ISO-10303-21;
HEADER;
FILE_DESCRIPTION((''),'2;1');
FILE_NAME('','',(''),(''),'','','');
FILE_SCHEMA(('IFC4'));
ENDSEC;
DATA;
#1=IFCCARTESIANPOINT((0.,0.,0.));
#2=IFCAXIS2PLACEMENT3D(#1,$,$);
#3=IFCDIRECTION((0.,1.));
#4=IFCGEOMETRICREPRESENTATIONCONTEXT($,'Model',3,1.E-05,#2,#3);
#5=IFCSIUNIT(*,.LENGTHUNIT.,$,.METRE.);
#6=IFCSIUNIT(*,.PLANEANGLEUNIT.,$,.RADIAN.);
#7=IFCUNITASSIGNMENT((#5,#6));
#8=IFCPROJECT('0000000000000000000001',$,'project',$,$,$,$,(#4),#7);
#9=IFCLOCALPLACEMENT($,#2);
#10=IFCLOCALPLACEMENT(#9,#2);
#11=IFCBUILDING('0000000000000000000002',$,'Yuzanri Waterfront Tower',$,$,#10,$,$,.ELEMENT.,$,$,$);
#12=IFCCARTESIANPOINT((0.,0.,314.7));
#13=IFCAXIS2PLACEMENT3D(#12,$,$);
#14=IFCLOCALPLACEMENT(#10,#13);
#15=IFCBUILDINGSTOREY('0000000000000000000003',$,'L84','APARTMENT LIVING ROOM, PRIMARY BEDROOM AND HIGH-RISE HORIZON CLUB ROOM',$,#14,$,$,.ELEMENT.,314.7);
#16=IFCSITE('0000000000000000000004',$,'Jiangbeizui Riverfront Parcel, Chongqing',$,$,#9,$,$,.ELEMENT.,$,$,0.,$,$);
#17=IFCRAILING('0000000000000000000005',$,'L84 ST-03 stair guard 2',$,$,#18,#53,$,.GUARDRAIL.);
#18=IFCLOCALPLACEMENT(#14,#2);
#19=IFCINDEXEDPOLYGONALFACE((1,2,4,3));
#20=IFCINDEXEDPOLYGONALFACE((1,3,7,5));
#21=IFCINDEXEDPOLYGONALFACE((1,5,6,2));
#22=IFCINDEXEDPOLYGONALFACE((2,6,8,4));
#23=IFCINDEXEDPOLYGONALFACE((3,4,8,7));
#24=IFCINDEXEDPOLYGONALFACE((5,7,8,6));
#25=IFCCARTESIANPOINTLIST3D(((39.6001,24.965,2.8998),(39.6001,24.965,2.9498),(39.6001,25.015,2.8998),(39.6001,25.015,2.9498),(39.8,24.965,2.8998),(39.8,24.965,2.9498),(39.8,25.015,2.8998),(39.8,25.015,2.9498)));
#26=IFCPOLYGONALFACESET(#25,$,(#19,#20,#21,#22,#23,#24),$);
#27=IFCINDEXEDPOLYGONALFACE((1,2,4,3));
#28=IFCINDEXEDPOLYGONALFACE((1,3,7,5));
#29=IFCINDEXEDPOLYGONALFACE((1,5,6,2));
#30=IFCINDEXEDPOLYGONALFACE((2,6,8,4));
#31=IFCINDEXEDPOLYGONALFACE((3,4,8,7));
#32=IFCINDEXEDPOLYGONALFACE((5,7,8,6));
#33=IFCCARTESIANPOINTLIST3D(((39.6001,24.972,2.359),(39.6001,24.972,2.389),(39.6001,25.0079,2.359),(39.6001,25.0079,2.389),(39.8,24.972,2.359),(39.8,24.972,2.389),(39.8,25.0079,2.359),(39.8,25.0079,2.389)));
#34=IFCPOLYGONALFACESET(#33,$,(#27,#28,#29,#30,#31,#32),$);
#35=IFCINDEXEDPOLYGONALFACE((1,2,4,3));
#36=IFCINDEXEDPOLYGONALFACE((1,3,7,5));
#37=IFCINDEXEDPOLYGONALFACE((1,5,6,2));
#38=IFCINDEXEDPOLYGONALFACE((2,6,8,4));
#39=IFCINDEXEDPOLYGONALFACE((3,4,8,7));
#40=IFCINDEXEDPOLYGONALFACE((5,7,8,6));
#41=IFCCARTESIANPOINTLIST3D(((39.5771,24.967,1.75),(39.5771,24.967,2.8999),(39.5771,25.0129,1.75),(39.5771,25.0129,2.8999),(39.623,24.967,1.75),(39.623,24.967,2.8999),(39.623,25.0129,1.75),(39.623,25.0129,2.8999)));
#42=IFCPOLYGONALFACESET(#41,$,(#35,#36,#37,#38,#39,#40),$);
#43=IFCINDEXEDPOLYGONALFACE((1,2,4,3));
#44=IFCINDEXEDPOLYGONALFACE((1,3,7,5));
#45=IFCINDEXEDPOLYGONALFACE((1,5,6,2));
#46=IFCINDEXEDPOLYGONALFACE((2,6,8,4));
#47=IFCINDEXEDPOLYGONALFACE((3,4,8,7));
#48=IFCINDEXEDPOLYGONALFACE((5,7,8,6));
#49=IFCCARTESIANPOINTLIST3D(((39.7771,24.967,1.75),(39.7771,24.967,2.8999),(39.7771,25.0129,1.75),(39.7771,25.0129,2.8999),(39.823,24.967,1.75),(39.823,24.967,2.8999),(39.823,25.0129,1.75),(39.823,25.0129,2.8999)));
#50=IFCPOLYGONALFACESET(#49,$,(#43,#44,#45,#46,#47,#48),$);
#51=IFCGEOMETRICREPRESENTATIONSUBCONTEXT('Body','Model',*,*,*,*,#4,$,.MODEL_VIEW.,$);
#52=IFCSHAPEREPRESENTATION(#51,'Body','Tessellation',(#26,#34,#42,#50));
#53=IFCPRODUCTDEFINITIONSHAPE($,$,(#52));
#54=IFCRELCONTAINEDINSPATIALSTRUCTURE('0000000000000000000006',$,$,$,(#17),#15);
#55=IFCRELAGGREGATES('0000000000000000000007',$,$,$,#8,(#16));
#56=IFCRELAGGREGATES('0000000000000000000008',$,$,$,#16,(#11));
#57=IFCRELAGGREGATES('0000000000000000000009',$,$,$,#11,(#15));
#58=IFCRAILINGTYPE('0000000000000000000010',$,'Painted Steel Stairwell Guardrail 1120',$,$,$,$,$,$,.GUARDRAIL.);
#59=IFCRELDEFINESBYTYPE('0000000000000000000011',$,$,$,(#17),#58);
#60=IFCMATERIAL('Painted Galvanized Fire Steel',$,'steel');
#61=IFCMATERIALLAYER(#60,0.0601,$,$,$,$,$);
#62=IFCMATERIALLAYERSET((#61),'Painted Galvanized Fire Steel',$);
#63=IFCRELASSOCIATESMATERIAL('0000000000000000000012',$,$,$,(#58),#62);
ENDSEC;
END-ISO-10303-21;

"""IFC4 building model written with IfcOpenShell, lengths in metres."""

from ifc_helpers import new_model, si_unit, direction, frame, origin, origin_2d, place, context, subcontext, project, spatial, rectangle, extrude, source, transform, mapped, material, layer, layer_set, type_object, element, save


model = new_model("IFC4")

# Units and contexts
model_context = context("Model", 3, precision=1e-05, world=origin(), true_north=direction((0.0, 1.0)))
body_context = subcontext(model_context, "Body", "Model", "MODEL_VIEW")
ifc_project = project(units=[si_unit("LENGTHUNIT", "METRE"), si_unit("PLANEANGLEUNIT", "RADIAN")], contexts=[model_context])

# Site, building, storey
site_placement = place(None, origin())
site = spatial("IfcSite", under=ifc_project, at=site_placement, Name="Jiangbeizui Riverfront Parcel, Chongqing", CompositionType="ELEMENT", RefElevation=0.0)
building_placement = place(site_placement, origin())
building = spatial("IfcBuilding", under=site, at=building_placement, Name="Yuzanri Waterfront Tower", CompositionType="ELEMENT")
storey_placement = place(building_placement, frame((0.0, 0.0, 314.7)))
storey = spatial("IfcBuildingStorey", under=building, at=storey_placement, Name="L84", Description="APARTMENT LIVING ROOM, PRIMARY BEDROOM AND HIGH-RISE HORIZON CLUB ROOM", CompositionType="ELEMENT", Elevation=314.7)

# Railing
ifc_material_1 = material(Name="Painted Galvanized Fire Steel", Category="steel")
ifc_layer_1 = layer(ifc_material_1, 0.0601)
ifc_layer_set_1 = layer_set([ifc_layer_1], Name="Painted Galvanized Fire Steel")
railing_type = type_object("IfcRailingType", Name="Painted Steel Stairwell Guardrail 1120", PredefinedType="GUARDRAIL", material=ifc_layer_set_1)
shared_shape_1 = source(origin(), body_context, "Body", "SweptSolid", [
    extrude(rectangle(XDim=0.05, YDim=0.05, at=origin_2d()), frame((0.0, 0.0, 1.1748), z_axis=(1.0, 0.0, 0.0), x_axis=(0.0, 1.0, 0.0)), (0.0, 0.0, 1.0), 0.2),
    extrude(rectangle(XDim=0.0359, YDim=0.03, at=origin_2d()), frame((0.0, 0.0, 0.624), z_axis=(1.0, 0.0, 0.0), x_axis=(0.0, 1.0, 0.0)), (0.0, 0.0, 1.0), 0.2),
    extrude(rectangle(XDim=0.0459, YDim=0.0459, at=origin_2d()), origin(), (0.0, 0.0, 1.0), 1.1499),
    extrude(rectangle(XDim=0.0459, YDim=0.0459, at=origin_2d()), frame((0.2, 0.0, 0.0)), (0.0, 0.0, 1.0), 1.1499),
])
railing_1_placement = place(storey_placement, frame((39.6001, 24.99, 1.75)))
element("IfcRailing", 1, at=railing_1_placement, inside=storey, type_object=railing_type, Name="L84 ST-03 stair guard 2", PredefinedType="GUARDRAIL", context=body_context, shape_type="MappedRepresentation", body=[
    mapped(shared_shape_1, transform((0.0, 0.0, 0.0), scale=1.0)),
])

save(model, "model.ifc")
